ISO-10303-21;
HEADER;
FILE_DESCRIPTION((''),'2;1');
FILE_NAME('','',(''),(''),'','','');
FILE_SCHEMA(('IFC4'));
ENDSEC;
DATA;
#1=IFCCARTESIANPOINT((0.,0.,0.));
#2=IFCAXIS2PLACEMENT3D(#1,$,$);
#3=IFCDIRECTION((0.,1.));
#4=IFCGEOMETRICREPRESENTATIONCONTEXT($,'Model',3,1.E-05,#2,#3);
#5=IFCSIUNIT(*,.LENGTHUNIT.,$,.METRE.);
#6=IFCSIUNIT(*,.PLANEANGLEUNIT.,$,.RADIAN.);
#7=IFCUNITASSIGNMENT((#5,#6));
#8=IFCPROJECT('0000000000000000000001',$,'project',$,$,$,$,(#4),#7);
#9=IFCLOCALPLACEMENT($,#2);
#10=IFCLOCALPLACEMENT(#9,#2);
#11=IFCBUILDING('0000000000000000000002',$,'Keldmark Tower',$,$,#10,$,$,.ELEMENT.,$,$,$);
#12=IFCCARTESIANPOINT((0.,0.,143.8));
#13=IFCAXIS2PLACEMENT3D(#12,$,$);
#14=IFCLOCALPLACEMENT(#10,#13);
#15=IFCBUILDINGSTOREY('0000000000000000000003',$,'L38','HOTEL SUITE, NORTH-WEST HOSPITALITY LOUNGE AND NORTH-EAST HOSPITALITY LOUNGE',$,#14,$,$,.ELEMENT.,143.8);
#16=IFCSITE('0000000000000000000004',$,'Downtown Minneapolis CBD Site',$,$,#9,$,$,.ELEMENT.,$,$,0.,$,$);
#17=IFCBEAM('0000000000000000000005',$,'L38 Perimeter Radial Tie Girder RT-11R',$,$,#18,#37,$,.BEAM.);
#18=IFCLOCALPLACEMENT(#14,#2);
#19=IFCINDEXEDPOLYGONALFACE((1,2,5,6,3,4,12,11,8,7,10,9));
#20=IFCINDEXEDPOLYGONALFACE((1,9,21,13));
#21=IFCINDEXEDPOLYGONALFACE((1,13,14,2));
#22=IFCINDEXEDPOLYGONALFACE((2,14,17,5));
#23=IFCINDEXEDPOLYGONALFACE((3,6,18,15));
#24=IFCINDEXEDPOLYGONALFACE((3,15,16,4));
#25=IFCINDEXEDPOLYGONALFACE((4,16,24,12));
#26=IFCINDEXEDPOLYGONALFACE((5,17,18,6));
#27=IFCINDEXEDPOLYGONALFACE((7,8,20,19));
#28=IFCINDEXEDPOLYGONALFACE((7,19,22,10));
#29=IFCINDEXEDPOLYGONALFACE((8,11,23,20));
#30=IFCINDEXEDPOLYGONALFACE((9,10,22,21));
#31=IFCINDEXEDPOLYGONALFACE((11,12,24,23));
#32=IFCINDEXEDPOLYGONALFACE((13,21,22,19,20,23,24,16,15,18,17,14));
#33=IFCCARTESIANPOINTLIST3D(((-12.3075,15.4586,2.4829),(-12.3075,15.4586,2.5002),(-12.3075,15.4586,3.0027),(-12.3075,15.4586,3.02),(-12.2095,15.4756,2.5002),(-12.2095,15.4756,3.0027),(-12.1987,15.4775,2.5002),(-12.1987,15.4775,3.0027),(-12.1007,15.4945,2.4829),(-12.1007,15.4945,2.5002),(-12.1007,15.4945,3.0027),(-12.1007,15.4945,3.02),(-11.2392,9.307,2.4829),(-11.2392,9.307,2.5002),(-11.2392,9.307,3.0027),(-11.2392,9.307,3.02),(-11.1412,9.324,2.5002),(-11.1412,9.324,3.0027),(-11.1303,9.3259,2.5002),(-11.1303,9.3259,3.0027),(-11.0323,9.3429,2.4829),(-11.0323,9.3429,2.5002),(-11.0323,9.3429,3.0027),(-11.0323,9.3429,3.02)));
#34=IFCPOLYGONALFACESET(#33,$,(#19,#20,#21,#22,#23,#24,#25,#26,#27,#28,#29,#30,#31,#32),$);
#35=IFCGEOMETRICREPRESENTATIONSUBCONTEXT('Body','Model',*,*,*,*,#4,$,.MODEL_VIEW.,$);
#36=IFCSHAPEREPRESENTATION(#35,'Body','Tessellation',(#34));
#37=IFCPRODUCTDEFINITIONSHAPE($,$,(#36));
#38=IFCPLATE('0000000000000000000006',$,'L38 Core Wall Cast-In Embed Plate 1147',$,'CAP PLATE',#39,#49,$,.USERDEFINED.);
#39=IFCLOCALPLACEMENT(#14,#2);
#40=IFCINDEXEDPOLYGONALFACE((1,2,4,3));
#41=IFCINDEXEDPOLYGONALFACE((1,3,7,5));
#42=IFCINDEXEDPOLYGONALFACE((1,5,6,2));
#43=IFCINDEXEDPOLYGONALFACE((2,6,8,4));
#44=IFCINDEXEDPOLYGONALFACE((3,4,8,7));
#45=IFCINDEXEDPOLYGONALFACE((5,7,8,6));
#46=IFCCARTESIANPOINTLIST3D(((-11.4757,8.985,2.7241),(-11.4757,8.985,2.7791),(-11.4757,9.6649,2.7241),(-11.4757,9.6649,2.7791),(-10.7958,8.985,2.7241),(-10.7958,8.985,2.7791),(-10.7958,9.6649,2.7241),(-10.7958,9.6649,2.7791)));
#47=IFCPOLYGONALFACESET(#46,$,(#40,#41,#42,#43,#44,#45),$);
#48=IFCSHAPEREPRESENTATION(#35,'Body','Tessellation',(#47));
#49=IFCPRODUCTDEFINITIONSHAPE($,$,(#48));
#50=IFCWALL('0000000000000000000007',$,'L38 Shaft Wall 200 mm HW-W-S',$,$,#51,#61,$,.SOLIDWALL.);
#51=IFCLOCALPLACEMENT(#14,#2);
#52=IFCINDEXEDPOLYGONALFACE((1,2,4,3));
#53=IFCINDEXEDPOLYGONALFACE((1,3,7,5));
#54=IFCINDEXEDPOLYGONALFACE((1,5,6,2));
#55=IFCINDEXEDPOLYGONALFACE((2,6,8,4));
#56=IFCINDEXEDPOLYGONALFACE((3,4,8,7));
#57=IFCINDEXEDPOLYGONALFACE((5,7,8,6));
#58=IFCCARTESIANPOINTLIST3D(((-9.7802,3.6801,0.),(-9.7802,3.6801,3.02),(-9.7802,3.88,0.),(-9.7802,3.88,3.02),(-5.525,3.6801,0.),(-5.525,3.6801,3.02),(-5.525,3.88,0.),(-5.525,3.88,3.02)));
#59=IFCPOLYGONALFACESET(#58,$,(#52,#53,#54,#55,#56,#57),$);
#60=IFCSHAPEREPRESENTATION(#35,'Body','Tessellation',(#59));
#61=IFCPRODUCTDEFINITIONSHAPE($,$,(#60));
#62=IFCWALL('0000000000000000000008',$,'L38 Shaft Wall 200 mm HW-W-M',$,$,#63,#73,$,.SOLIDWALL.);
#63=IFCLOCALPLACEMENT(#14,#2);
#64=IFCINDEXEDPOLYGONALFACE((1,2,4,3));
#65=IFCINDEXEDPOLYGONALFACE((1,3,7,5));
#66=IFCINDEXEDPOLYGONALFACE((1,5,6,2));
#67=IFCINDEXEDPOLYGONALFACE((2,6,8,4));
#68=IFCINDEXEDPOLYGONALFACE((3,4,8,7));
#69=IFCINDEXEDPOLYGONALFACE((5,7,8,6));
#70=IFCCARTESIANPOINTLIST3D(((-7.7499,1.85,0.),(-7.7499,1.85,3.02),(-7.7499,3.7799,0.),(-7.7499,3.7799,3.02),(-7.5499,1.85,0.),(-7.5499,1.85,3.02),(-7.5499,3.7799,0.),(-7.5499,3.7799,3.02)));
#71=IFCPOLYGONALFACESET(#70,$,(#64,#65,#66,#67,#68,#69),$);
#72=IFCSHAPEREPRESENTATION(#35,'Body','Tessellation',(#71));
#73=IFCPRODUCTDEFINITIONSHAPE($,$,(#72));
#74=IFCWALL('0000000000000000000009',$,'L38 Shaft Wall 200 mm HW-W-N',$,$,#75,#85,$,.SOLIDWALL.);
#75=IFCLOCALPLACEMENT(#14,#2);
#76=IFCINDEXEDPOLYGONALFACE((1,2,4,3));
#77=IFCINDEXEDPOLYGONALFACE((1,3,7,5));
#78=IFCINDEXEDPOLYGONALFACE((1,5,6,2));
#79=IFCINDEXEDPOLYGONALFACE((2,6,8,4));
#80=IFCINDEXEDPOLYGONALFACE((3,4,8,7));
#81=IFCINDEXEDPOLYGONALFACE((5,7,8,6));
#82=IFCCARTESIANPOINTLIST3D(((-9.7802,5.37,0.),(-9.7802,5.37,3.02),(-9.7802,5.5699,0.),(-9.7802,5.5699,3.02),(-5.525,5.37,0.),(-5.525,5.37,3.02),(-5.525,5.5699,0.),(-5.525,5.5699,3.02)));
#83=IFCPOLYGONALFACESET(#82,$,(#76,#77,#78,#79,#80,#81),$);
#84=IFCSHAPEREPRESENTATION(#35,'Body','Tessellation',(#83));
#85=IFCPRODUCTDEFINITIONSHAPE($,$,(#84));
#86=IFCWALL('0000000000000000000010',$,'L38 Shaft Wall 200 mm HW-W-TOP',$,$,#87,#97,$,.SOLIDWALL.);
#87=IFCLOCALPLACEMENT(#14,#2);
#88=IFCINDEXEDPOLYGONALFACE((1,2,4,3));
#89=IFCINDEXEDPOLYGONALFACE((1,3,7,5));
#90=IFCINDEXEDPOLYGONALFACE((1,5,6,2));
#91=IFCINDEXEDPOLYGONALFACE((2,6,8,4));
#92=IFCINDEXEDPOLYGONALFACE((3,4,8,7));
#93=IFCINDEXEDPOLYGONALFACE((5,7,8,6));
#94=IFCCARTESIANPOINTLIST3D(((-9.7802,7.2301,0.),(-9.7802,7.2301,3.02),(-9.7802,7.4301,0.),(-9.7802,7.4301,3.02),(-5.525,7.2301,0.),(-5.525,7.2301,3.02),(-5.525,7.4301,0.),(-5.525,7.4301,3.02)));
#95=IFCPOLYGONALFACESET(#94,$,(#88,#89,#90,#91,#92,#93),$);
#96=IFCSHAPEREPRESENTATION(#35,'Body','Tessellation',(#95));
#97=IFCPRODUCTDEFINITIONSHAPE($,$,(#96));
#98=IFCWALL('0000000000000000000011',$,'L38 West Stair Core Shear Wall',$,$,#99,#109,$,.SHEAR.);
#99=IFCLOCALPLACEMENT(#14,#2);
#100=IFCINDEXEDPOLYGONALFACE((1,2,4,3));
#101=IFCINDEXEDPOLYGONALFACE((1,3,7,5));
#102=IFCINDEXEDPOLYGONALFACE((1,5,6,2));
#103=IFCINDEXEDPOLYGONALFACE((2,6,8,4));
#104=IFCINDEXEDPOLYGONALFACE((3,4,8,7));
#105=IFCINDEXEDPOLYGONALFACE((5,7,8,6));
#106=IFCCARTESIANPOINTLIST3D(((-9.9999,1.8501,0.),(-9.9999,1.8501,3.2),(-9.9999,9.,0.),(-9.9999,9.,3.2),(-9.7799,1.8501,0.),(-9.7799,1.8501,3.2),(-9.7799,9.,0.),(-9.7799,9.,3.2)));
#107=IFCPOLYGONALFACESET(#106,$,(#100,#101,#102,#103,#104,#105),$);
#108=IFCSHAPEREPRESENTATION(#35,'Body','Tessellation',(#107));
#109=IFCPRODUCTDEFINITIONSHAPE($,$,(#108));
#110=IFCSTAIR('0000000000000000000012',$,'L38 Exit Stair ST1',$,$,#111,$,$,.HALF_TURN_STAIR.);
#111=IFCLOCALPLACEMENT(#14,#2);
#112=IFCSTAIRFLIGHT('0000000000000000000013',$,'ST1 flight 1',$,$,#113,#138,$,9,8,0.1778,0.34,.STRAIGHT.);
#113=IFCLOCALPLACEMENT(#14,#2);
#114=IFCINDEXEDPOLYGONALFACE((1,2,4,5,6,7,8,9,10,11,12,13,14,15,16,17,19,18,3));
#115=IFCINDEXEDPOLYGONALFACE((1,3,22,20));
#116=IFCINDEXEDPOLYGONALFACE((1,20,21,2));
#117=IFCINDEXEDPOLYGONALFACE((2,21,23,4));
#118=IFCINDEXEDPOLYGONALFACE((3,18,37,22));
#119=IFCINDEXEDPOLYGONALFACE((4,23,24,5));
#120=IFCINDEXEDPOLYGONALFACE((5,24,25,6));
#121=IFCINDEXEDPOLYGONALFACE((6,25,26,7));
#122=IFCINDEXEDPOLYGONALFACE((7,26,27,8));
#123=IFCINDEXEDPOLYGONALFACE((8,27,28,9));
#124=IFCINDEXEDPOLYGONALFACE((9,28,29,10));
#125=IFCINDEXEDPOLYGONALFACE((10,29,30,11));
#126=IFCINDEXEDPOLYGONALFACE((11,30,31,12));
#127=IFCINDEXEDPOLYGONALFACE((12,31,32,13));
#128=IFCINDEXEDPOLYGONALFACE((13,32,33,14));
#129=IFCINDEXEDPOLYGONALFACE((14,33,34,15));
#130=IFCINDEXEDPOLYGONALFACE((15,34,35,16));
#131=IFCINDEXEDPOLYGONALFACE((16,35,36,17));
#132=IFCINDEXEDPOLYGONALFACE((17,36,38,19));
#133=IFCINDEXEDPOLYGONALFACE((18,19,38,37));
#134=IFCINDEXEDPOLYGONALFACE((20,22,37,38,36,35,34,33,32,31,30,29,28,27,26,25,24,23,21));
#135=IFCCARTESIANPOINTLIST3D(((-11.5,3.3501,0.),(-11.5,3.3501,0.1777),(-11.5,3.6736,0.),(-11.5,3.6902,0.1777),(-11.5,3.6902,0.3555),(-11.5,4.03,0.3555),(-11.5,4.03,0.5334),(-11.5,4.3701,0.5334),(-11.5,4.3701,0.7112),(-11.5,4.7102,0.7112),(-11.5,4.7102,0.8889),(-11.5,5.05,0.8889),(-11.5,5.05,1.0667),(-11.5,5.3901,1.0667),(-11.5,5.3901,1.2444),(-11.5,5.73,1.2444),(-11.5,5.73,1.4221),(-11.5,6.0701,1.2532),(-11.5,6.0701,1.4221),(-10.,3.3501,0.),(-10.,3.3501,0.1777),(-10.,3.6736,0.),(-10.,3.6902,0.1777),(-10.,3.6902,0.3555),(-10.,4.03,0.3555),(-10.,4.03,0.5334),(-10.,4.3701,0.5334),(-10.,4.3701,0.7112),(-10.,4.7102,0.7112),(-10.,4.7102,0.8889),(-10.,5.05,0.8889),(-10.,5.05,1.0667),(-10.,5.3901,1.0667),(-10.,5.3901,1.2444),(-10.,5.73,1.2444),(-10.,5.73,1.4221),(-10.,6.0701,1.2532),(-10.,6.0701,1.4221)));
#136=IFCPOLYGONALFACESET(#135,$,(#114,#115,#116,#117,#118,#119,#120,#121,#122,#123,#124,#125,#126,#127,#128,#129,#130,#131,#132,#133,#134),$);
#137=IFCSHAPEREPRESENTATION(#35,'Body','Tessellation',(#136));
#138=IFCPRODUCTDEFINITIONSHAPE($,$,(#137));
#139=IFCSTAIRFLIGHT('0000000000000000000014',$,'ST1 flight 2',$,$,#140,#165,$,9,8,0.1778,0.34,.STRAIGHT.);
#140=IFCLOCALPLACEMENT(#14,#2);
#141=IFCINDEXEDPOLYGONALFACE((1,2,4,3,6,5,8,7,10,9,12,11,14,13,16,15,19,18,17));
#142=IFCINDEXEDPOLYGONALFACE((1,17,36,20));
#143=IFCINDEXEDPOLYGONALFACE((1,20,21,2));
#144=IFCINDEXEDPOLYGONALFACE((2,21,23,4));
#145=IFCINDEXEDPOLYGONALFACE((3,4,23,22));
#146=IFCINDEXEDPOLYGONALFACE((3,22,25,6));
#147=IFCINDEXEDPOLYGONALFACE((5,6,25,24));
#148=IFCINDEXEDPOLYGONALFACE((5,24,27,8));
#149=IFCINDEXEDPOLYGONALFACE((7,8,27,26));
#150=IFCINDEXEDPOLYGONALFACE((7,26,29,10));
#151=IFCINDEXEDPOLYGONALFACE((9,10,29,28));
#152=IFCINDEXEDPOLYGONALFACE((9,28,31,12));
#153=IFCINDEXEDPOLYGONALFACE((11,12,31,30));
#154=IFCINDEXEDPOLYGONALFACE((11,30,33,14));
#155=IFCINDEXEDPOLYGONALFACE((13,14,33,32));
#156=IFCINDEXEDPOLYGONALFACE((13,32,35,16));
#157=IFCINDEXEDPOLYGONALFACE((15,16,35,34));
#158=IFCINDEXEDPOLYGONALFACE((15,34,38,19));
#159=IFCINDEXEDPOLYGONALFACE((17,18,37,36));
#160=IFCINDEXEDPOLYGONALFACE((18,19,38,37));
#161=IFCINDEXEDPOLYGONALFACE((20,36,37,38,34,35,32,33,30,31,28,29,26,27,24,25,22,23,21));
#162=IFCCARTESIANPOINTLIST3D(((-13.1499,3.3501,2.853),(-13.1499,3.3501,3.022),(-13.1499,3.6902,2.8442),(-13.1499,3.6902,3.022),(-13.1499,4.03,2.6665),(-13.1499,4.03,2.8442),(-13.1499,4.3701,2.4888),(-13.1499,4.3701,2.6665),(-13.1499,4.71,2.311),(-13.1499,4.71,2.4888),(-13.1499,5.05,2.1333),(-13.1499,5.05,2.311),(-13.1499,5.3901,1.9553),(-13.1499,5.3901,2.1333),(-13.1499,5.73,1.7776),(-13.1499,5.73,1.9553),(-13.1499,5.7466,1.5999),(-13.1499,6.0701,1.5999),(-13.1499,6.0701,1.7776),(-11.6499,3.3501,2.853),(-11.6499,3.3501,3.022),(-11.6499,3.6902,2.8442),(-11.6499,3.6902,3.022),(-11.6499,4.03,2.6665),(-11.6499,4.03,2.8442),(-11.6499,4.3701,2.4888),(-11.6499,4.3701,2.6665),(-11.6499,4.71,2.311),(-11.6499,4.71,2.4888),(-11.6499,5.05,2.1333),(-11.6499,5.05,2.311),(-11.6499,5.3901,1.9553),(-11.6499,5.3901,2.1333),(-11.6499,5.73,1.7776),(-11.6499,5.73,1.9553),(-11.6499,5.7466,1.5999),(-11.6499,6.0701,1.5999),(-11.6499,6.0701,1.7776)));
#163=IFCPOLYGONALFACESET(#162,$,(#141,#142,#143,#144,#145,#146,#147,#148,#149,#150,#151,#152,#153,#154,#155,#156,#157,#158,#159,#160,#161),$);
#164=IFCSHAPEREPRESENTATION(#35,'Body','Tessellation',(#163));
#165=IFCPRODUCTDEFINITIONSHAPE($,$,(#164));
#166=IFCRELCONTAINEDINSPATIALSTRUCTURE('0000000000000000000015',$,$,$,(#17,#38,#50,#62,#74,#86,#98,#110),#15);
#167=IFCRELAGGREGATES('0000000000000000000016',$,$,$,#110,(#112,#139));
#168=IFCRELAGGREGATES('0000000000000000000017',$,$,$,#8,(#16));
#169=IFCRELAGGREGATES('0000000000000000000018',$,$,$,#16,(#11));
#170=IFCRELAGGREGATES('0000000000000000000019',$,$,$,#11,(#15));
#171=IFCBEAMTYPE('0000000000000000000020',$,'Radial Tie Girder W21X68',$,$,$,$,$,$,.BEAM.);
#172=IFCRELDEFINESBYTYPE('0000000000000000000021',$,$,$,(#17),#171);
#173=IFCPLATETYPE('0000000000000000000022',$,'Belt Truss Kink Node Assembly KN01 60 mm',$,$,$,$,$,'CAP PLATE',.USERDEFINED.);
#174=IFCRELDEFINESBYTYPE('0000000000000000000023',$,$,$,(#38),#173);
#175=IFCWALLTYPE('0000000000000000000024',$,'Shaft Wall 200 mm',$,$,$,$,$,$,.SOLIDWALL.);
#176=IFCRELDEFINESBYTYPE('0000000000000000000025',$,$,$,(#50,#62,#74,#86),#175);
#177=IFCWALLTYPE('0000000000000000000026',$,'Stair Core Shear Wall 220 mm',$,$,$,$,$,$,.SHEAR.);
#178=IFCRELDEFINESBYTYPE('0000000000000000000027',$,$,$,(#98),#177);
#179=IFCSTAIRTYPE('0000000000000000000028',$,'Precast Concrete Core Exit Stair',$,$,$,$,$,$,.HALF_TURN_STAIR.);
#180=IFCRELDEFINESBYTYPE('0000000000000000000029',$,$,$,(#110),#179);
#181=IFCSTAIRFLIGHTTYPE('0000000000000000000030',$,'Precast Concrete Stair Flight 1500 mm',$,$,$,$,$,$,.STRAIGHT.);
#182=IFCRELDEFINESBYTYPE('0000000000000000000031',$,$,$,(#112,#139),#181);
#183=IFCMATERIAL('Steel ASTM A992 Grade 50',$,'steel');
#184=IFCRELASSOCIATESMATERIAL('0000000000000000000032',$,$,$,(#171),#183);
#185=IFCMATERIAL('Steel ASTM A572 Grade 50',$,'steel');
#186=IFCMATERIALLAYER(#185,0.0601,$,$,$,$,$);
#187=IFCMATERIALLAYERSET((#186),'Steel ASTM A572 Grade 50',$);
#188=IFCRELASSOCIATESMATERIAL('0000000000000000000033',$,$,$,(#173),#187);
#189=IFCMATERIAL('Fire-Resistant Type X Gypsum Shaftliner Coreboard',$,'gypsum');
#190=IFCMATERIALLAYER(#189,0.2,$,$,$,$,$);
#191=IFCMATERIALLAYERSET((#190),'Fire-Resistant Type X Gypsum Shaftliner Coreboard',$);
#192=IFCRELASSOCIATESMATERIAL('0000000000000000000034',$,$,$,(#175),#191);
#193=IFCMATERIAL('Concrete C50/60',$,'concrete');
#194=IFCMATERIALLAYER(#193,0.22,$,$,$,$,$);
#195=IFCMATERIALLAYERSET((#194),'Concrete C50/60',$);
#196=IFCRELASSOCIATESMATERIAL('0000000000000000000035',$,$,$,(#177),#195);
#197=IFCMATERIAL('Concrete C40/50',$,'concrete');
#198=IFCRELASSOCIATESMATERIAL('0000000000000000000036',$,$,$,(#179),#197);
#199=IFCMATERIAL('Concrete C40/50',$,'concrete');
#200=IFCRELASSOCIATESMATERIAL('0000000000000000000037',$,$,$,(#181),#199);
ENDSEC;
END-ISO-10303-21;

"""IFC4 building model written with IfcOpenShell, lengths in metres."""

from ifc_helpers import new_model, si_unit, direction, frame, frame_2d, origin, origin_2d, place, context, subcontext, project, spatial, polyline, rectangle, i_section, outline, extrude, material, layer, layer_set, material_profile, profile_set, type_object, element, aggregate, save


model = new_model("IFC4")

# Units and contexts
model_context = context("Model", 3, precision=1e-05, world=origin(), true_north=direction((0.0, 1.0)))
body_context = subcontext(model_context, "Body", "Model", "MODEL_VIEW")
ifc_project = project(units=[si_unit("LENGTHUNIT", "METRE"), si_unit("PLANEANGLEUNIT", "RADIAN")], contexts=[model_context])

# Site, building, storey
site_placement = place(None, origin())
site = spatial("IfcSite", under=ifc_project, at=site_placement, Name="Downtown Minneapolis CBD Site", CompositionType="ELEMENT", RefElevation=0.0)
building_placement = place(site_placement, origin())
building = spatial("IfcBuilding", under=site, at=building_placement, Name="Keldmark Tower", CompositionType="ELEMENT")
storey_placement = place(building_placement, frame((0.0, 0.0, 143.8)))
storey = spatial("IfcBuildingStorey", under=building, at=storey_placement, Name="L38", Description="HOTEL SUITE, NORTH-WEST HOSPITALITY LOUNGE AND NORTH-EAST HOSPITALITY LOUNGE", CompositionType="ELEMENT", Elevation=143.8)

# Beam
ifc_material_1 = material(Name="Steel ASTM A992 Grade 50", Category="steel")
ifc_material_profile = material_profile(ifc_material_1, i_section(OverallWidth=0.21, OverallDepth=0.5371, WebThickness=0.011, FlangeThickness=0.0173, at=origin_2d()), Name="W21X68")
ifc_profile_set = profile_set([ifc_material_profile], Name="Steel ASTM A992 Grade 50")
beam_type = type_object("IfcBeamType", Name="Radial Tie Girder W21X68", PredefinedType="BEAM", material=ifc_profile_set)
beam_placement = place(storey_placement, frame((-11.1357, 9.325, 2.7515), z_axis=(-0.17111, 0.985252, 0.0), x_axis=(-0.985252, -0.17111, 0.0)))
element("IfcBeam", 1, at=beam_placement, inside=storey, type_object=beam_type, Name="L38 Perimeter Radial Tie Girder RT-11R", PredefinedType="BEAM", context=body_context, shape_type="SweptSolid", body=[
    extrude(i_section(OverallWidth=0.21, OverallDepth=0.5371, WebThickness=0.011, FlangeThickness=0.0173, at=origin_2d()), origin(), (0.0, 0.0, 1.0), 6.2437),
])

# Plate
ifc_material_2 = material(Name="Steel ASTM A572 Grade 50", Category="steel")
ifc_layer_1 = layer(ifc_material_2, 0.0601)
ifc_layer_set_1 = layer_set([ifc_layer_1], Name="Steel ASTM A572 Grade 50")
plate_type = type_object("IfcPlateType", Name="Belt Truss Kink Node Assembly KN01 60 mm", ElementType="CAP PLATE", PredefinedType="USERDEFINED", material=ifc_layer_set_1)
plate_placement = place(storey_placement, frame((-11.1357, 9.325, 2.7241), z_axis=(0.0, 0.0, 1.0), x_axis=(1.0, 0.0, 0.0)))
element("IfcPlate", 2, at=plate_placement, inside=storey, type_object=plate_type, Name="L38 Core Wall Cast-In Embed Plate 1147", ObjectType="CAP PLATE", PredefinedType="USERDEFINED", context=body_context, shape_type="SweptSolid", body=[
    extrude(rectangle(XDim=0.6799, YDim=0.6799, at=origin_2d()), origin(), (0.0, 0.0, 1.0), 0.0549),
])

# Walls
ifc_material_3 = material(Name="Fire-Resistant Type X Gypsum Shaftliner Coreboard", Category="gypsum")
ifc_layer_2 = layer(ifc_material_3, 0.2)
ifc_layer_set_2 = layer_set([ifc_layer_2], Name="Fire-Resistant Type X Gypsum Shaftliner Coreboard")
wall_type_1 = type_object("IfcWallType", Name="Shaft Wall 200 mm", PredefinedType="SOLIDWALL", material=ifc_layer_set_2)
wall_1_placement = place(storey_placement, frame((-9.78, 3.78, 0.0), z_axis=(0.0, 0.0, 1.0), x_axis=(1.0, 0.0, 0.0)))
element("IfcWall", 3, at=wall_1_placement, inside=storey, type_object=wall_type_1, Name="L38 Shaft Wall 200 mm HW-W-S", PredefinedType="SOLIDWALL", context=body_context, shape_type="SweptSolid", body=[
    extrude(rectangle(XDim=4.2551, YDim=0.2, at=frame_2d((2.1274, 0.0))), origin(), (0.0, 0.0, 1.0), 3.02),
])
wall_2_placement = place(storey_placement, frame((-7.6499, 1.8501, 0.0), z_axis=(0.0, 0.0, 1.0), x_axis=(0.0, 1.0, 0.0)))
element("IfcWall", 4, at=wall_2_placement, inside=storey, type_object=wall_type_1, Name="L38 Shaft Wall 200 mm HW-W-M", PredefinedType="SOLIDWALL", context=body_context, shape_type="SweptSolid", body=[
    extrude(rectangle(XDim=1.9299, YDim=0.2, at=frame_2d((0.9648, 0.0))), origin(), (0.0, 0.0, 1.0), 3.02),
])
for number, where, z_axis, x_axis, name in (
    (5, (-9.78, 5.47, 0.0), (0.0, 0.0, 1.0), (1.0, 0.0, 0.0), "L38 Shaft Wall 200 mm HW-W-N"),
    (6, (-9.78, 7.3301, 0.0), (0.0, 0.0, 1.0), (1.0, 0.0, 0.0), "L38 Shaft Wall 200 mm HW-W-TOP"),
):
    element("IfcWall", number, at=place(storey_placement, frame(where, z_axis=z_axis, x_axis=x_axis)), inside=storey, type_object=wall_type_1, Name=name, PredefinedType="SOLIDWALL", context=body_context, shape_type="SweptSolid", body=[
        extrude(rectangle(XDim=4.2551, YDim=0.2, at=frame_2d((2.1274, 0.0))), origin(), (0.0, 0.0, 1.0), 3.02),
    ])
ifc_material_4 = material(Name="Concrete C50/60", Category="concrete")
ifc_layer_3 = layer(ifc_material_4, 0.22)
ifc_layer_set_3 = layer_set([ifc_layer_3], Name="Concrete C50/60")
wall_type_2 = type_object("IfcWallType", Name="Stair Core Shear Wall 220 mm", PredefinedType="SHEAR", material=ifc_layer_set_3)
wall_3_placement = place(storey_placement, frame((-9.8899, 1.8501, 0.0), z_axis=(0.0, 0.0, 1.0), x_axis=(0.0, 1.0, 0.0)))
element("IfcWall", 7, at=wall_3_placement, inside=storey, type_object=wall_type_2, Name="L38 West Stair Core Shear Wall", PredefinedType="SHEAR", context=body_context, shape_type="SweptSolid", body=[
    extrude(rectangle(XDim=7.1499, YDim=0.22, at=frame_2d((3.575, 0.0))), origin(), (0.0, 0.0, 1.0), 3.2),
])

# Stair, stair flights
ifc_material_5 = material(Name="Concrete C40/50", Category="concrete")
stair_type = type_object("IfcStairType", Name="Precast Concrete Core Exit Stair", PredefinedType="HALF_TURN_STAIR", material=ifc_material_5)
stair_placement = place(storey_placement, origin())
stair = element("IfcStair", 8, at=stair_placement, inside=storey, type_object=stair_type, Name="L38 Exit Stair ST1", PredefinedType="HALF_TURN_STAIR")
ifc_material_6 = material(Name="Concrete C40/50", Category="concrete")
stair_flight_type = type_object("IfcStairFlightType", Name="Precast Concrete Stair Flight 1500 mm", PredefinedType="STRAIGHT", material=ifc_material_6)
stair_flight_1_placement = place(storey_placement, frame((-10.75, 3.3501, 0.0), z_axis=(0.0, 0.0, 1.0), x_axis=(0.0, 1.0, 0.0)))
stair_flight_1 = element("IfcStairFlight", 9, at=stair_flight_1_placement, type_object=stair_flight_type, Name="ST1 flight 1", NumberOfRisers=9, NumberOfTreads=8, PredefinedType="STRAIGHT", RiserHeight=0.1778, TreadLength=0.34, context=body_context, shape_type="SweptSolid", body=[
    extrude(outline(polyline([(0.0, 0.0), (0.0, 0.1777), (0.3401, 0.1777), (0.3401, 0.3555), (0.6799, 0.3555), (0.6799, 0.5334), (1.02, 0.5334), (1.02, 0.7112), (1.3601, 0.7112), (1.3601, 0.8889), (1.7, 0.8889), (1.7, 1.0667), (2.04, 1.0667), (2.04, 1.2444), (2.3799, 1.2444), (2.3799, 1.4221), (2.72, 1.4221), (2.72, 1.6001), (2.72, 1.2532), (0.3235, 0.0), (0.0, 0.0)])), frame((0.0, 0.75, 0.0), z_axis=(0.0, -1.0, 0.0), x_axis=(1.0, 0.0, 0.0)), (0.0, 0.0, 1.0), 1.5),
])
stair_flight_2_placement = place(storey_placement, frame((-12.3999, 6.0701, 1.5999), z_axis=(0.0, 0.0, 1.0), x_axis=(0.0, -1.0, 0.0)))
stair_flight_2 = element("IfcStairFlight", 10, at=stair_flight_2_placement, type_object=stair_flight_type, Name="ST1 flight 2", NumberOfRisers=9, NumberOfTreads=8, PredefinedType="STRAIGHT", RiserHeight=0.1778, TreadLength=0.34, context=body_context, shape_type="SweptSolid", body=[
    extrude(outline(polyline([(0.0, 0.0), (0.0, 0.1777), (0.3401, 0.1777), (0.3401, 0.3555), (0.6799, 0.3555), (0.6799, 0.5334), (1.02, 0.5334), (1.02, 0.7112), (1.3601, 0.7112), (1.3601, 0.8889), (1.7, 0.8889), (1.7, 1.0667), (2.04, 1.0667), (2.04, 1.2444), (2.3799, 1.2444), (2.3799, 1.4221), (2.72, 1.4221), (2.72, 1.6001), (2.72, 1.2532), (0.3235, 0.0), (0.0, 0.0)])), frame((0.0, 0.75, 0.0), z_axis=(0.0, -1.0, 0.0), x_axis=(1.0, 0.0, 0.0)), (0.0, 0.0, 1.0), 1.5),
])
aggregate(stair, [stair_flight_1, stair_flight_2])

save(model, "model.ifc")
